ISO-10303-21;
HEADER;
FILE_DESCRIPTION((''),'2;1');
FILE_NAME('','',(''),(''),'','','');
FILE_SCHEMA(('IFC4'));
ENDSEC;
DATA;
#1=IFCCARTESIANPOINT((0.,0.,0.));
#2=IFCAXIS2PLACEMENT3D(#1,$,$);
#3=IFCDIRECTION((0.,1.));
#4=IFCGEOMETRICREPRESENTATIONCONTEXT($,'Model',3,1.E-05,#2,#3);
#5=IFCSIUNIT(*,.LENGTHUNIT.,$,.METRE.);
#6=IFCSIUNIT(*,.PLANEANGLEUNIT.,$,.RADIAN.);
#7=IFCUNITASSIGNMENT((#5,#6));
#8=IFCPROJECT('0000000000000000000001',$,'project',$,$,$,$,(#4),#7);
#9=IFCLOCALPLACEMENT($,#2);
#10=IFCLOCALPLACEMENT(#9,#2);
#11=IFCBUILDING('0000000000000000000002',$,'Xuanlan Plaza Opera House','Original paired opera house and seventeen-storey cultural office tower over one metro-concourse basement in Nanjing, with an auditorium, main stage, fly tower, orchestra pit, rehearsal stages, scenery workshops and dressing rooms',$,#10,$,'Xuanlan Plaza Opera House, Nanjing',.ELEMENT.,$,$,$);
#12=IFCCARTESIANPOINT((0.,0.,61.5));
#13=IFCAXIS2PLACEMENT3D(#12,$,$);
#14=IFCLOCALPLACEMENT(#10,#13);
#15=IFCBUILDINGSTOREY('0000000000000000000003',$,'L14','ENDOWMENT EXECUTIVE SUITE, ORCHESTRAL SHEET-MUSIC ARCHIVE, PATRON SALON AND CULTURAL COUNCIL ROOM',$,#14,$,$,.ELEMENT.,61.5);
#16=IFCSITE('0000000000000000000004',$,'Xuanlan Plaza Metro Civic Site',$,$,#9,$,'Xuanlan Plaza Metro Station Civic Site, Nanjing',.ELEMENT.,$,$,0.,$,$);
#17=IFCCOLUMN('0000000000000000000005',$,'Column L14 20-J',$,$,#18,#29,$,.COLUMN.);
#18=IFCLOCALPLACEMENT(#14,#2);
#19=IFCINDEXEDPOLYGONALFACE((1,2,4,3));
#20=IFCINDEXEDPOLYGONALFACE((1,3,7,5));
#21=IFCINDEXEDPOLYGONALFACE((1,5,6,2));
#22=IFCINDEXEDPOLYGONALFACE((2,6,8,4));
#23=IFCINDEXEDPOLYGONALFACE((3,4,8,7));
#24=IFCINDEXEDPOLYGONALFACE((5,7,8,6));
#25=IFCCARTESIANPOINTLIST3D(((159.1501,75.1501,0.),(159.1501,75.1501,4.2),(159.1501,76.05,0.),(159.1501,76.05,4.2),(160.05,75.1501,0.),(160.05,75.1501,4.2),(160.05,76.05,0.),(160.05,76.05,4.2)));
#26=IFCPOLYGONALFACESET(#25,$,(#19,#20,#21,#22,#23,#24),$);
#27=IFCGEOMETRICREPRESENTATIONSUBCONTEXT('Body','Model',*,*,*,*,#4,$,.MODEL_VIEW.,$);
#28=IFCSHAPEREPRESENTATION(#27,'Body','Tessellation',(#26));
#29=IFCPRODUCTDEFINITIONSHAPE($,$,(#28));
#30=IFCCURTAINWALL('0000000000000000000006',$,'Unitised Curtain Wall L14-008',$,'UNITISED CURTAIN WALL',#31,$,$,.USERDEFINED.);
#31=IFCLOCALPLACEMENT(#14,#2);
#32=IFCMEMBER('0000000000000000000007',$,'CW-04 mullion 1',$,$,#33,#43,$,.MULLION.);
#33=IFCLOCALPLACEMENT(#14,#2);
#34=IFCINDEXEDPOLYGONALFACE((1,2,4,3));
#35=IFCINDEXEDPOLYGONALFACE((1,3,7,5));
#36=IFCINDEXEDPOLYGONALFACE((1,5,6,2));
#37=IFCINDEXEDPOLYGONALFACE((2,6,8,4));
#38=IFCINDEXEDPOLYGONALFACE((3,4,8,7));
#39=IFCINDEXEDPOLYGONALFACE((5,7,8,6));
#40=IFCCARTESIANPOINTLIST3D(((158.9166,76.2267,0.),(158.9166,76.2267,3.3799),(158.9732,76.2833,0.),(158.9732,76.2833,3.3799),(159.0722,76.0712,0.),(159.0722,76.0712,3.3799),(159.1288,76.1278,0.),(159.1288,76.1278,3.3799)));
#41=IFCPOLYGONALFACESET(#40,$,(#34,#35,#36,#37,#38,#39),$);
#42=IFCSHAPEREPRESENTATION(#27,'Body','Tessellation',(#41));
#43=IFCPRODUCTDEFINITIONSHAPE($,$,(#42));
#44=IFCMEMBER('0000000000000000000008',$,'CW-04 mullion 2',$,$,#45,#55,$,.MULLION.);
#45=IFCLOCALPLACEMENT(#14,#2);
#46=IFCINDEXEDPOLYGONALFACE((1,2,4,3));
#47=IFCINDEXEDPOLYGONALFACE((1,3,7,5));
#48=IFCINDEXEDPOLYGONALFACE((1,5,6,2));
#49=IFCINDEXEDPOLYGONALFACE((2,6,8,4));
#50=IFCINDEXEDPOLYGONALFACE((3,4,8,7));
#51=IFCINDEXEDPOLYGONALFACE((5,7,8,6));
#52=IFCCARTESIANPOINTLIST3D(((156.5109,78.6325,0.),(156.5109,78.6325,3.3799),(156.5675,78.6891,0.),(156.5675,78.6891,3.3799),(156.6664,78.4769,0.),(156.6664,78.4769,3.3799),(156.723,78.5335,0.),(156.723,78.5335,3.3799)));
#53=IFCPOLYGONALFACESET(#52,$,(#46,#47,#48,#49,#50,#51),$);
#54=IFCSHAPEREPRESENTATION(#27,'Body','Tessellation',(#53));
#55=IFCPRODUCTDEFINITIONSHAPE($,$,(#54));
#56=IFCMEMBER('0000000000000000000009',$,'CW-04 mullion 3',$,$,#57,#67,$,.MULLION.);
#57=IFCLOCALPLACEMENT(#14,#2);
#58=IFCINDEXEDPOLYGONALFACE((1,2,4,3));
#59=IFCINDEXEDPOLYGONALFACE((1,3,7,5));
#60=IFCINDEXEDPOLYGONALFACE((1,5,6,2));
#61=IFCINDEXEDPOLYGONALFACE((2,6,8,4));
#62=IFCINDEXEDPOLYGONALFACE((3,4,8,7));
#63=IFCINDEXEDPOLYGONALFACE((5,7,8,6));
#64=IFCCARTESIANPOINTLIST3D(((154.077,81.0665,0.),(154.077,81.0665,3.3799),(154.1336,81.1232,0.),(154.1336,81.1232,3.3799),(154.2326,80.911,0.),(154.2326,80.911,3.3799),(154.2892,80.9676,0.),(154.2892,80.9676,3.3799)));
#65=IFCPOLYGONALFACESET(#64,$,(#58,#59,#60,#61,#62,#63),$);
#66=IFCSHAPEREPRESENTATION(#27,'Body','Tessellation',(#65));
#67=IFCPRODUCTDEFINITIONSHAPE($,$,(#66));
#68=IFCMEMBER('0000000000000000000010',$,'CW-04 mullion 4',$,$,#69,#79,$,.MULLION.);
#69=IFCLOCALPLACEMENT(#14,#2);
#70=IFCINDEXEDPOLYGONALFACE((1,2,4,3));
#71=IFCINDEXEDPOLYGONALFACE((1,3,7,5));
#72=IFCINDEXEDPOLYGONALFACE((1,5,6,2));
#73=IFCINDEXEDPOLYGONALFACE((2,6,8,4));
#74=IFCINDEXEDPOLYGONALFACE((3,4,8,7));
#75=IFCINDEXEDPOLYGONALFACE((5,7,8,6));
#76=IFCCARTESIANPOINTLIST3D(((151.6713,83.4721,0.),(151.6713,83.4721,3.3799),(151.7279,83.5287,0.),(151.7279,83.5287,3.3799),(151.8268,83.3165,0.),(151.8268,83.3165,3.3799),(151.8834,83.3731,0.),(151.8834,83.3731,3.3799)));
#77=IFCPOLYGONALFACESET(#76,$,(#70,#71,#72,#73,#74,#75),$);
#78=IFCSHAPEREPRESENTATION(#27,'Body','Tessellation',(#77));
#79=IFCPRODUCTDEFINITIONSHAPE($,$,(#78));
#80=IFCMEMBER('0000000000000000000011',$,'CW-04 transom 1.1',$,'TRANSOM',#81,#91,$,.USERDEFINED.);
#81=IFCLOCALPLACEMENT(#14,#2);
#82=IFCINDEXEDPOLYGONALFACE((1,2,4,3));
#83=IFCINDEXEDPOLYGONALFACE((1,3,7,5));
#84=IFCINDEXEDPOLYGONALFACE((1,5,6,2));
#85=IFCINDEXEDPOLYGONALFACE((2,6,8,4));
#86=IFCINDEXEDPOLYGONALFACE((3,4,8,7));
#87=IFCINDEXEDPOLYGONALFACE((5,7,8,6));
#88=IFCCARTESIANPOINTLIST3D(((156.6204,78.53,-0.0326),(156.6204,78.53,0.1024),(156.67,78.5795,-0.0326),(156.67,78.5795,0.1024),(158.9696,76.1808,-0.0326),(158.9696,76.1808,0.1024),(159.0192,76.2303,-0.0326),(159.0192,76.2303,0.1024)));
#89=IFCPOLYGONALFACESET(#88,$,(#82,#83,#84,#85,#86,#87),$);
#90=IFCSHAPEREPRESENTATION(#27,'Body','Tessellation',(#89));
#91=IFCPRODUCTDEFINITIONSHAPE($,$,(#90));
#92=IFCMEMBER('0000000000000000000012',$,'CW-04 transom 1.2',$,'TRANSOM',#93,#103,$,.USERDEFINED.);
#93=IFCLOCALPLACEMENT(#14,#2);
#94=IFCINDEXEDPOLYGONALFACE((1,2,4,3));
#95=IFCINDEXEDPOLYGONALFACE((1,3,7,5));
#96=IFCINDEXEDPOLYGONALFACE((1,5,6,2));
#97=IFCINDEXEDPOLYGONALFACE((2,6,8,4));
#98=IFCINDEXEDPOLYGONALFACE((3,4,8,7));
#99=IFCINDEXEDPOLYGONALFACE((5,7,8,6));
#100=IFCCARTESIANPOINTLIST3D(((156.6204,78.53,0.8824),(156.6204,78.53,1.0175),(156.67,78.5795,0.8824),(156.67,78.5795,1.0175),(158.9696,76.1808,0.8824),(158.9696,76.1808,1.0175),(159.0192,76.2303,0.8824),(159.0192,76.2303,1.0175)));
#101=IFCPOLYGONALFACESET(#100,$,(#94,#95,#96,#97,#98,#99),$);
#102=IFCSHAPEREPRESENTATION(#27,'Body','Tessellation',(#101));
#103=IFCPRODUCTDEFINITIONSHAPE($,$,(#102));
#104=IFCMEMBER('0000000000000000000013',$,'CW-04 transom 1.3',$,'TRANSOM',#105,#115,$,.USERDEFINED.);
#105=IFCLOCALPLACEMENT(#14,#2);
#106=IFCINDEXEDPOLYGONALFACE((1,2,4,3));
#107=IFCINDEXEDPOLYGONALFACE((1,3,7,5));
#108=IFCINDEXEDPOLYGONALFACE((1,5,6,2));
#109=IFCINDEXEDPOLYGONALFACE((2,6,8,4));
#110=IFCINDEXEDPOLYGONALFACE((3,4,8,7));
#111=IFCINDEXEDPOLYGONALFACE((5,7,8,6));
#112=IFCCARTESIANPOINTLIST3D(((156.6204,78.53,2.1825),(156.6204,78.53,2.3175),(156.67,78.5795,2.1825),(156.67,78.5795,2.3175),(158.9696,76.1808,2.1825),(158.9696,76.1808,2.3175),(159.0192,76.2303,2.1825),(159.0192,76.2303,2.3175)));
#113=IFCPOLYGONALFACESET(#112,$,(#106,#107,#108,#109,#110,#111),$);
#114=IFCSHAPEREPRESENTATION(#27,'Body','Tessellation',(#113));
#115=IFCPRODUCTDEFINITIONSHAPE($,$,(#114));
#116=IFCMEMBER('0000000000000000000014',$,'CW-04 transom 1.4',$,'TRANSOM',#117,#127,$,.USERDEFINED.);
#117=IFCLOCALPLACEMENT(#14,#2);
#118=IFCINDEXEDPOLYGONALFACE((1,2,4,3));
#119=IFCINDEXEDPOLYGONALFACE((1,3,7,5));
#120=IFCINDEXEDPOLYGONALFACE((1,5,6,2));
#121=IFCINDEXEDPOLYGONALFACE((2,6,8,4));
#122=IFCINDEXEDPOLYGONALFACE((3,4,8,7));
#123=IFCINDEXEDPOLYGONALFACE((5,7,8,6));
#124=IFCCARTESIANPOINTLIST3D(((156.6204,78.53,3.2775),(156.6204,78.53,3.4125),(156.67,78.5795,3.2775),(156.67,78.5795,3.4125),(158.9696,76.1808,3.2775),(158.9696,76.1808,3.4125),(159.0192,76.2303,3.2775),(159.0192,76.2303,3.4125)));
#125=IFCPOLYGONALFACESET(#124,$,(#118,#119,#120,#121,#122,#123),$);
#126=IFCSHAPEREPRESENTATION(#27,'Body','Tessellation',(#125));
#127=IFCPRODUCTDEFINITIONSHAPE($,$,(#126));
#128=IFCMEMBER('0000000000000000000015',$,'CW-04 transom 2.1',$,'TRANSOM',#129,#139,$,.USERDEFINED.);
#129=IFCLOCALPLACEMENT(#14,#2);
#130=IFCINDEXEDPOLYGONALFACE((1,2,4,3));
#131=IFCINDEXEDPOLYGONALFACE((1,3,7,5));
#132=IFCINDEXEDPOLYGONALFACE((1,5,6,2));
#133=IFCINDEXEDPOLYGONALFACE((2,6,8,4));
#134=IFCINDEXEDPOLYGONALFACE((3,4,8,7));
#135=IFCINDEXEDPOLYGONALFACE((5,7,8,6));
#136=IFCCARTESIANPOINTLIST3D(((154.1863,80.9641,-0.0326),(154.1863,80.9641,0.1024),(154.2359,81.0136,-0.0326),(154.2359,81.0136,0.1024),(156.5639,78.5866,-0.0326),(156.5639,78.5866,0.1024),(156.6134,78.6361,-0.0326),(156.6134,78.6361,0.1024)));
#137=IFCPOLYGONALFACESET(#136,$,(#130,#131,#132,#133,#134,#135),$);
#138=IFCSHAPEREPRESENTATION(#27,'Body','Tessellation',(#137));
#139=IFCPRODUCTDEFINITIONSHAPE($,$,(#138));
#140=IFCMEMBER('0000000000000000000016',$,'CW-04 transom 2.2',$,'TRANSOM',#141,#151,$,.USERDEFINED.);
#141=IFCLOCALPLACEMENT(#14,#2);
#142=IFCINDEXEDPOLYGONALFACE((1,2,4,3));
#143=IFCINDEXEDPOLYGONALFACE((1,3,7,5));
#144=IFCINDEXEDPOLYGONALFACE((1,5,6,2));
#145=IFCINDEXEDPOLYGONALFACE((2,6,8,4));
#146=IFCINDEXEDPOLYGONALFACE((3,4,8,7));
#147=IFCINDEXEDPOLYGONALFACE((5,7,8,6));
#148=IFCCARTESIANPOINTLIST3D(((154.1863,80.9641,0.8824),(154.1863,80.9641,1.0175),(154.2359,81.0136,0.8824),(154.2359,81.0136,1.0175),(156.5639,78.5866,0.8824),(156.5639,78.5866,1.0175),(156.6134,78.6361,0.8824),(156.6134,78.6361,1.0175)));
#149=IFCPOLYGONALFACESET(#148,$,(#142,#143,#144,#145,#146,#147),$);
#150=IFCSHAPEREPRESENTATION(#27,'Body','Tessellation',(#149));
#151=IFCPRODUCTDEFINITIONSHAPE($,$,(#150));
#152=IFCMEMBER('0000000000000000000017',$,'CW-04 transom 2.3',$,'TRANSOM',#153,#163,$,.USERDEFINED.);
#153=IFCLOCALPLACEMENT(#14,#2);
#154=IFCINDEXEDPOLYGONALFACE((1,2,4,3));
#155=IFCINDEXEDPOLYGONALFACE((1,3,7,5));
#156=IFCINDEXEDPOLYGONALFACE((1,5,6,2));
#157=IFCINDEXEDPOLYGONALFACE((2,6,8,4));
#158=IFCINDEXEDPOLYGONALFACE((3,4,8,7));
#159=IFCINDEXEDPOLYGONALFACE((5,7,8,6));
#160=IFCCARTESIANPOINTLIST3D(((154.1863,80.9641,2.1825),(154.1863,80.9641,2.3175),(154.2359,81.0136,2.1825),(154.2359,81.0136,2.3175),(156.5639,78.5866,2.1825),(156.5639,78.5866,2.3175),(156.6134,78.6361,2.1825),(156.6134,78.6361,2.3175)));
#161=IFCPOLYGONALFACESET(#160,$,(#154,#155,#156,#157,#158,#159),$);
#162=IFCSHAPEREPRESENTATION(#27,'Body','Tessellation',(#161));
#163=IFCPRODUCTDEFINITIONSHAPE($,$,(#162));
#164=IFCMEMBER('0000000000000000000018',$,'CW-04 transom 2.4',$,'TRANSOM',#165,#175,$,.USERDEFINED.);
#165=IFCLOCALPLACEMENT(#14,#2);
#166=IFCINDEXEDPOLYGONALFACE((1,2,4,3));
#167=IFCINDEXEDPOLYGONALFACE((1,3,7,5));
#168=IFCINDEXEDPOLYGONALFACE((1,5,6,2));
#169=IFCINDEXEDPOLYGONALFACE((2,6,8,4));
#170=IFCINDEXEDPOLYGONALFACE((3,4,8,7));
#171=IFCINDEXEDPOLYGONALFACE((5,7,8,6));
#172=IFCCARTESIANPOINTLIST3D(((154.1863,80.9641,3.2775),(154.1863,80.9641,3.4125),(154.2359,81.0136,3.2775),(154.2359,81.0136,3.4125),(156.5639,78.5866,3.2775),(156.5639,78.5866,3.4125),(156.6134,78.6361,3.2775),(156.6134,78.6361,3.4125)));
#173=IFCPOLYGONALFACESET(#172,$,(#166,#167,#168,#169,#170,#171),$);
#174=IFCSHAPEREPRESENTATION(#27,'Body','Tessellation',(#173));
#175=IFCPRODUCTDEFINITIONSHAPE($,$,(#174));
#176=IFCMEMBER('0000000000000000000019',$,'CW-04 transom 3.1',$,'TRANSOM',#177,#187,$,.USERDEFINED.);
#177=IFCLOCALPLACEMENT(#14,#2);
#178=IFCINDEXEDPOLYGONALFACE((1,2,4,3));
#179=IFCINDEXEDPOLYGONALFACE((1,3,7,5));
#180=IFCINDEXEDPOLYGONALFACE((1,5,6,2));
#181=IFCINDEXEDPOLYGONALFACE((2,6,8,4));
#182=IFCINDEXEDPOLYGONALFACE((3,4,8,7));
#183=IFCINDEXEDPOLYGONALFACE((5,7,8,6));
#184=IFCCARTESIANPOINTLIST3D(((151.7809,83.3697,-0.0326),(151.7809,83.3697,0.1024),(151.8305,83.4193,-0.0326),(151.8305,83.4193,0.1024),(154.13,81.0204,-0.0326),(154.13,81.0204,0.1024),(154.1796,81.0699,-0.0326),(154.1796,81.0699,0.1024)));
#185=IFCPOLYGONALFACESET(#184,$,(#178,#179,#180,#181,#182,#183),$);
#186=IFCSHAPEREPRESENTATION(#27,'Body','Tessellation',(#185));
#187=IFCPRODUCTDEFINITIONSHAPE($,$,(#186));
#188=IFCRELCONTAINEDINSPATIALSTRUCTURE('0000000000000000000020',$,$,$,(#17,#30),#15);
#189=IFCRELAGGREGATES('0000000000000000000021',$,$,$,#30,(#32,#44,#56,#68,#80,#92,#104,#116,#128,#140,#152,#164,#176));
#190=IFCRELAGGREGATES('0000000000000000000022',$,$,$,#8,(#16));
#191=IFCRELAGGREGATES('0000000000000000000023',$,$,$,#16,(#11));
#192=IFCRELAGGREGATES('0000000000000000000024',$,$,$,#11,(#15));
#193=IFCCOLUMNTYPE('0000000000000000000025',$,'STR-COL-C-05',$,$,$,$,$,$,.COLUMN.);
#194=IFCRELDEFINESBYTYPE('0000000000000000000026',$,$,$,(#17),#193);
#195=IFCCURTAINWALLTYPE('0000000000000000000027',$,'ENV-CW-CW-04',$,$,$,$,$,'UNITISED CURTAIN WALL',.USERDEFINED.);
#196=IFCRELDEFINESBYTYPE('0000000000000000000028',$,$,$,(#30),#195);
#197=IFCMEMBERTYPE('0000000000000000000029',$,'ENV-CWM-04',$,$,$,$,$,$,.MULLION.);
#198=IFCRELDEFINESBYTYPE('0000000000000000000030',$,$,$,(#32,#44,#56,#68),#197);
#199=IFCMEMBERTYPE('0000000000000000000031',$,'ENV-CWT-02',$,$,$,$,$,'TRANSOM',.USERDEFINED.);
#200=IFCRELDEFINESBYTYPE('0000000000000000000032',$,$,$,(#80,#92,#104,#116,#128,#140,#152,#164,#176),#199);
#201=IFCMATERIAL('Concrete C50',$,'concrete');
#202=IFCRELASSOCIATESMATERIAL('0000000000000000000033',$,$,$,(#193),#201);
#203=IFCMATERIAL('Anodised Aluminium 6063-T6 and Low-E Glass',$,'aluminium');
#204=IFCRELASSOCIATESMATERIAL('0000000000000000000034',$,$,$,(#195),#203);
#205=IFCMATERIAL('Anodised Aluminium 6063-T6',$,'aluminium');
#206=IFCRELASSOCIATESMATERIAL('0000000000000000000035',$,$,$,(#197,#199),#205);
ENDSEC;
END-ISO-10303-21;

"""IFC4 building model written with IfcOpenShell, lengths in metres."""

from ifc_helpers import new_model, si_unit, direction, frame, origin, origin_2d, place, context, subcontext, project, spatial, rectangle, extrude, material, material_profile, profile_set, type_object, element, aggregate, save


model = new_model("IFC4")

# Units and contexts
model_context = context("Model", 3, precision=1e-05, world=origin(), true_north=direction((0.0, 1.0)))
body_context = subcontext(model_context, "Body", "Model", "MODEL_VIEW")
ifc_project = project(units=[si_unit("LENGTHUNIT", "METRE"), si_unit("PLANEANGLEUNIT", "RADIAN")], contexts=[model_context])

# Site, building, storey
site_placement = place(None, origin())
site = spatial("IfcSite", under=ifc_project, at=site_placement, Name="Xuanlan Plaza Metro Civic Site", LongName="Xuanlan Plaza Metro Station Civic Site, Nanjing", CompositionType="ELEMENT", RefElevation=0.0)
building_placement = place(site_placement, origin())
building = spatial("IfcBuilding", under=site, at=building_placement, Name="Xuanlan Plaza Opera House", Description="Original paired opera house and seventeen-storey cultural office tower over one metro-concourse basement in Nanjing, with an auditorium, main stage, fly tower, orchestra pit, rehearsal stages, scenery workshops and dressing rooms", LongName="Xuanlan Plaza Opera House, Nanjing", CompositionType="ELEMENT")
storey_placement = place(building_placement, frame((0.0, 0.0, 61.5)))
storey = spatial("IfcBuildingStorey", under=building, at=storey_placement, Name="L14", Description="ENDOWMENT EXECUTIVE SUITE, ORCHESTRAL SHEET-MUSIC ARCHIVE, PATRON SALON AND CULTURAL COUNCIL ROOM", CompositionType="ELEMENT", Elevation=61.5)

# Column
ifc_material_1 = material(Name="Concrete C50", Category="concrete")
ifc_material_profile_1 = material_profile(ifc_material_1, rectangle(XDim=0.8999, YDim=0.8999, at=origin_2d()), Name="RC-COL 900x900")
ifc_profile_set_1 = profile_set([ifc_material_profile_1], Name="Concrete C50")
column_type = type_object("IfcColumnType", Name="STR-COL-C-05", PredefinedType="COLUMN", material=ifc_profile_set_1)
column_placement = place(storey_placement, frame((159.6001, 75.6001, 0.0), z_axis=(0.0, 0.0, 1.0), x_axis=(1.0, 0.0, 0.0)))
element("IfcColumn", 1, at=column_placement, inside=storey, type_object=column_type, Name="Column L14 20-J", PredefinedType="COLUMN", context=body_context, shape_type="SweptSolid", body=[
    extrude(rectangle(XDim=0.8999, YDim=0.8999, at=origin_2d()), origin(), (0.0, 0.0, 1.0), 4.2),
])

# Curtain wall, members
ifc_material_2 = material(Name="Anodised Aluminium 6063-T6 and Low-E Glass", Category="aluminium")
curtain_wall_type = type_object("IfcCurtainWallType", Name="ENV-CW-CW-04", ElementType="UNITISED CURTAIN WALL", PredefinedType="USERDEFINED", material=ifc_material_2)
curtain_wall_placement = place(storey_placement, origin())
curtain_wall = element("IfcCurtainWall", 2, at=curtain_wall_placement, inside=storey, type_object=curtain_wall_type, Name="Unitised Curtain Wall L14-008", ObjectType="UNITISED CURTAIN WALL", PredefinedType="USERDEFINED")
ifc_material_3 = material(Name="Anodised Aluminium 6063-T6", Category="aluminium")
ifc_material_profile_2 = material_profile(ifc_material_3, rectangle(XDim=0.0801, YDim=0.22, at=origin_2d()), Name="ALU-M 80x220")
ifc_profile_set_2 = profile_set([ifc_material_profile_2], Name="Anodised Aluminium 6063-T6")
member_type_1 = type_object("IfcMemberType", Name="ENV-CWM-04", PredefinedType="MULLION", material=ifc_profile_set_2)
member_1_placement = place(storey_placement, frame((159.0227, 76.1772, 0.0), z_axis=(0.0, 0.0, 1.0), x_axis=(-0.707107, -0.707107, 0.0)))
member_1 = element("IfcMember", 3, at=member_1_placement, type_object=member_type_1, Name="CW-04 mullion 1", PredefinedType="MULLION", context=body_context, shape_type="SweptSolid", body=[
    extrude(rectangle(XDim=0.0801, YDim=0.22, at=origin_2d()), origin(), (0.0, 0.0, 1.0), 3.3799),
])
member_2_placement = place(storey_placement, frame((156.6169, 78.583, 0.0), z_axis=(0.0, 0.0, 1.0), x_axis=(-0.707107, -0.707107, 0.0)))
member_2 = element("IfcMember", 4, at=member_2_placement, type_object=member_type_1, Name="CW-04 mullion 2", PredefinedType="MULLION", context=body_context, shape_type="SweptSolid", body=[
    extrude(rectangle(XDim=0.0801, YDim=0.22, at=origin_2d()), origin(), (0.0, 0.0, 1.0), 3.3799),
])
member_3_placement = place(storey_placement, frame((154.1831, 81.0171, 0.0), z_axis=(0.0, 0.0, 1.0), x_axis=(-0.707107, -0.707107, 0.0)))
member_3 = element("IfcMember", 5, at=member_3_placement, type_object=member_type_1, Name="CW-04 mullion 3", PredefinedType="MULLION", context=body_context, shape_type="SweptSolid", body=[
    extrude(rectangle(XDim=0.0801, YDim=0.22, at=origin_2d()), origin(), (0.0, 0.0, 1.0), 3.3799),
])
member_4_placement = place(storey_placement, frame((151.7773, 83.4226, 0.0), z_axis=(0.0, 0.0, 1.0), x_axis=(-0.707107, -0.707107, 0.0)))
member_4 = element("IfcMember", 6, at=member_4_placement, type_object=member_type_1, Name="CW-04 mullion 4", PredefinedType="MULLION", context=body_context, shape_type="SweptSolid", body=[
    extrude(rectangle(XDim=0.0801, YDim=0.22, at=origin_2d()), origin(), (0.0, 0.0, 1.0), 3.3799),
])
ifc_material_profile_3 = material_profile(ifc_material_3, rectangle(XDim=0.0701, YDim=0.135, at=origin_2d()), Name="ALU-T 70x135")
ifc_profile_set_3 = profile_set([ifc_material_profile_3], Name="Anodised Aluminium 6063-T6")
member_type_2 = type_object("IfcMemberType", Name="ENV-CWT-02", ElementType="TRANSOM", PredefinedType="USERDEFINED", material=ifc_profile_set_3)
member_5_placement = place(storey_placement, frame((158.9944, 76.2056, 0.0349), z_axis=(-0.707107, 0.707107, 0.0), x_axis=(-0.707107, -0.707107, 0.0)))
member_5 = element("IfcMember", 7, at=member_5_placement, type_object=member_type_2, Name="CW-04 transom 1.1", ObjectType="TRANSOM", PredefinedType="USERDEFINED", context=body_context, shape_type="SweptSolid", body=[
    extrude(rectangle(XDim=0.0701, YDim=0.135, at=origin_2d()), origin(), (0.0, 0.0, 1.0), 3.3223),
])
member_6_placement = place(storey_placement, frame((158.9944, 76.2056, 0.95), z_axis=(-0.707107, 0.707107, 0.0), x_axis=(-0.707107, -0.707107, 0.0)))
member_6 = element("IfcMember", 8, at=member_6_placement, type_object=member_type_2, Name="CW-04 transom 1.2", ObjectType="TRANSOM", PredefinedType="USERDEFINED", context=body_context, shape_type="SweptSolid", body=[
    extrude(rectangle(XDim=0.0701, YDim=0.135, at=origin_2d()), origin(), (0.0, 0.0, 1.0), 3.3223),
])
member_7_placement = place(storey_placement, frame((158.9944, 76.2056, 2.25), z_axis=(-0.707107, 0.707107, 0.0), x_axis=(-0.707107, -0.707107, 0.0)))
member_7 = element("IfcMember", 9, at=member_7_placement, type_object=member_type_2, Name="CW-04 transom 1.3", ObjectType="TRANSOM", PredefinedType="USERDEFINED", context=body_context, shape_type="SweptSolid", body=[
    extrude(rectangle(XDim=0.0701, YDim=0.135, at=origin_2d()), origin(), (0.0, 0.0, 1.0), 3.3223),
])
member_8_placement = place(storey_placement, frame((158.9944, 76.2056, 3.345), z_axis=(-0.707107, 0.707107, 0.0), x_axis=(-0.707107, -0.707107, 0.0)))
member_8 = element("IfcMember", 10, at=member_8_placement, type_object=member_type_2, Name="CW-04 transom 1.4", ObjectType="TRANSOM", PredefinedType="USERDEFINED", context=body_context, shape_type="SweptSolid", body=[
    extrude(rectangle(XDim=0.0701, YDim=0.135, at=origin_2d()), origin(), (0.0, 0.0, 1.0), 3.3223),
])
member_9_placement = place(storey_placement, frame((156.5886, 78.6113, 0.0349), z_axis=(-0.707107, 0.707107, 0.0), x_axis=(-0.707107, -0.707107, 0.0)))
member_9 = element("IfcMember", 11, at=member_9_placement, type_object=member_type_2, Name="CW-04 transom 2.1", ObjectType="TRANSOM", PredefinedType="USERDEFINED", context=body_context, shape_type="SweptSolid", body=[
    extrude(rectangle(XDim=0.0701, YDim=0.135, at=origin_2d()), origin(), (0.0, 0.0, 1.0), 3.3623),
])
member_10_placement = place(storey_placement, frame((156.5886, 78.6113, 0.95), z_axis=(-0.707107, 0.707107, 0.0), x_axis=(-0.707107, -0.707107, 0.0)))
member_10 = element("IfcMember", 12, at=member_10_placement, type_object=member_type_2, Name="CW-04 transom 2.2", ObjectType="TRANSOM", PredefinedType="USERDEFINED", context=body_context, shape_type="SweptSolid", body=[
    extrude(rectangle(XDim=0.0701, YDim=0.135, at=origin_2d()), origin(), (0.0, 0.0, 1.0), 3.3623),
])
member_11_placement = place(storey_placement, frame((156.5886, 78.6113, 2.25), z_axis=(-0.707107, 0.707107, 0.0), x_axis=(-0.707107, -0.707107, 0.0)))
member_11 = element("IfcMember", 13, at=member_11_placement, type_object=member_type_2, Name="CW-04 transom 2.3", ObjectType="TRANSOM", PredefinedType="USERDEFINED", context=body_context, shape_type="SweptSolid", body=[
    extrude(rectangle(XDim=0.0701, YDim=0.135, at=origin_2d()), origin(), (0.0, 0.0, 1.0), 3.3623),
])
member_12_placement = place(storey_placement, frame((156.5886, 78.6113, 3.345), z_axis=(-0.707107, 0.707107, 0.0), x_axis=(-0.707107, -0.707107, 0.0)))
member_12 = element("IfcMember", 14, at=member_12_placement, type_object=member_type_2, Name="CW-04 transom 2.4", ObjectType="TRANSOM", PredefinedType="USERDEFINED", context=body_context, shape_type="SweptSolid", body=[
    extrude(rectangle(XDim=0.0701, YDim=0.135, at=origin_2d()), origin(), (0.0, 0.0, 1.0), 3.3623),
])
member_13_placement = place(storey_placement, frame((154.1548, 81.0452, 0.0349), z_axis=(-0.70707, 0.707144, 0.0), x_axis=(-0.707144, -0.70707, 0.0)))
member_13 = element("IfcMember", 15, at=member_13_placement, type_object=member_type_2, Name="CW-04 transom 3.1", ObjectType="TRANSOM", PredefinedType="USERDEFINED", context=body_context, shape_type="SweptSolid", body=[
    extrude(rectangle(XDim=0.0701, YDim=0.135, at=origin_2d()), origin(), (0.0, 0.0, 1.0), 3.3223),
])

aggregate(curtain_wall, [member_1, member_2, member_3, member_4, member_5, member_6, member_7, member_8, member_9, member_10, member_11, member_12, member_13])

save(model, "model.ifc")
